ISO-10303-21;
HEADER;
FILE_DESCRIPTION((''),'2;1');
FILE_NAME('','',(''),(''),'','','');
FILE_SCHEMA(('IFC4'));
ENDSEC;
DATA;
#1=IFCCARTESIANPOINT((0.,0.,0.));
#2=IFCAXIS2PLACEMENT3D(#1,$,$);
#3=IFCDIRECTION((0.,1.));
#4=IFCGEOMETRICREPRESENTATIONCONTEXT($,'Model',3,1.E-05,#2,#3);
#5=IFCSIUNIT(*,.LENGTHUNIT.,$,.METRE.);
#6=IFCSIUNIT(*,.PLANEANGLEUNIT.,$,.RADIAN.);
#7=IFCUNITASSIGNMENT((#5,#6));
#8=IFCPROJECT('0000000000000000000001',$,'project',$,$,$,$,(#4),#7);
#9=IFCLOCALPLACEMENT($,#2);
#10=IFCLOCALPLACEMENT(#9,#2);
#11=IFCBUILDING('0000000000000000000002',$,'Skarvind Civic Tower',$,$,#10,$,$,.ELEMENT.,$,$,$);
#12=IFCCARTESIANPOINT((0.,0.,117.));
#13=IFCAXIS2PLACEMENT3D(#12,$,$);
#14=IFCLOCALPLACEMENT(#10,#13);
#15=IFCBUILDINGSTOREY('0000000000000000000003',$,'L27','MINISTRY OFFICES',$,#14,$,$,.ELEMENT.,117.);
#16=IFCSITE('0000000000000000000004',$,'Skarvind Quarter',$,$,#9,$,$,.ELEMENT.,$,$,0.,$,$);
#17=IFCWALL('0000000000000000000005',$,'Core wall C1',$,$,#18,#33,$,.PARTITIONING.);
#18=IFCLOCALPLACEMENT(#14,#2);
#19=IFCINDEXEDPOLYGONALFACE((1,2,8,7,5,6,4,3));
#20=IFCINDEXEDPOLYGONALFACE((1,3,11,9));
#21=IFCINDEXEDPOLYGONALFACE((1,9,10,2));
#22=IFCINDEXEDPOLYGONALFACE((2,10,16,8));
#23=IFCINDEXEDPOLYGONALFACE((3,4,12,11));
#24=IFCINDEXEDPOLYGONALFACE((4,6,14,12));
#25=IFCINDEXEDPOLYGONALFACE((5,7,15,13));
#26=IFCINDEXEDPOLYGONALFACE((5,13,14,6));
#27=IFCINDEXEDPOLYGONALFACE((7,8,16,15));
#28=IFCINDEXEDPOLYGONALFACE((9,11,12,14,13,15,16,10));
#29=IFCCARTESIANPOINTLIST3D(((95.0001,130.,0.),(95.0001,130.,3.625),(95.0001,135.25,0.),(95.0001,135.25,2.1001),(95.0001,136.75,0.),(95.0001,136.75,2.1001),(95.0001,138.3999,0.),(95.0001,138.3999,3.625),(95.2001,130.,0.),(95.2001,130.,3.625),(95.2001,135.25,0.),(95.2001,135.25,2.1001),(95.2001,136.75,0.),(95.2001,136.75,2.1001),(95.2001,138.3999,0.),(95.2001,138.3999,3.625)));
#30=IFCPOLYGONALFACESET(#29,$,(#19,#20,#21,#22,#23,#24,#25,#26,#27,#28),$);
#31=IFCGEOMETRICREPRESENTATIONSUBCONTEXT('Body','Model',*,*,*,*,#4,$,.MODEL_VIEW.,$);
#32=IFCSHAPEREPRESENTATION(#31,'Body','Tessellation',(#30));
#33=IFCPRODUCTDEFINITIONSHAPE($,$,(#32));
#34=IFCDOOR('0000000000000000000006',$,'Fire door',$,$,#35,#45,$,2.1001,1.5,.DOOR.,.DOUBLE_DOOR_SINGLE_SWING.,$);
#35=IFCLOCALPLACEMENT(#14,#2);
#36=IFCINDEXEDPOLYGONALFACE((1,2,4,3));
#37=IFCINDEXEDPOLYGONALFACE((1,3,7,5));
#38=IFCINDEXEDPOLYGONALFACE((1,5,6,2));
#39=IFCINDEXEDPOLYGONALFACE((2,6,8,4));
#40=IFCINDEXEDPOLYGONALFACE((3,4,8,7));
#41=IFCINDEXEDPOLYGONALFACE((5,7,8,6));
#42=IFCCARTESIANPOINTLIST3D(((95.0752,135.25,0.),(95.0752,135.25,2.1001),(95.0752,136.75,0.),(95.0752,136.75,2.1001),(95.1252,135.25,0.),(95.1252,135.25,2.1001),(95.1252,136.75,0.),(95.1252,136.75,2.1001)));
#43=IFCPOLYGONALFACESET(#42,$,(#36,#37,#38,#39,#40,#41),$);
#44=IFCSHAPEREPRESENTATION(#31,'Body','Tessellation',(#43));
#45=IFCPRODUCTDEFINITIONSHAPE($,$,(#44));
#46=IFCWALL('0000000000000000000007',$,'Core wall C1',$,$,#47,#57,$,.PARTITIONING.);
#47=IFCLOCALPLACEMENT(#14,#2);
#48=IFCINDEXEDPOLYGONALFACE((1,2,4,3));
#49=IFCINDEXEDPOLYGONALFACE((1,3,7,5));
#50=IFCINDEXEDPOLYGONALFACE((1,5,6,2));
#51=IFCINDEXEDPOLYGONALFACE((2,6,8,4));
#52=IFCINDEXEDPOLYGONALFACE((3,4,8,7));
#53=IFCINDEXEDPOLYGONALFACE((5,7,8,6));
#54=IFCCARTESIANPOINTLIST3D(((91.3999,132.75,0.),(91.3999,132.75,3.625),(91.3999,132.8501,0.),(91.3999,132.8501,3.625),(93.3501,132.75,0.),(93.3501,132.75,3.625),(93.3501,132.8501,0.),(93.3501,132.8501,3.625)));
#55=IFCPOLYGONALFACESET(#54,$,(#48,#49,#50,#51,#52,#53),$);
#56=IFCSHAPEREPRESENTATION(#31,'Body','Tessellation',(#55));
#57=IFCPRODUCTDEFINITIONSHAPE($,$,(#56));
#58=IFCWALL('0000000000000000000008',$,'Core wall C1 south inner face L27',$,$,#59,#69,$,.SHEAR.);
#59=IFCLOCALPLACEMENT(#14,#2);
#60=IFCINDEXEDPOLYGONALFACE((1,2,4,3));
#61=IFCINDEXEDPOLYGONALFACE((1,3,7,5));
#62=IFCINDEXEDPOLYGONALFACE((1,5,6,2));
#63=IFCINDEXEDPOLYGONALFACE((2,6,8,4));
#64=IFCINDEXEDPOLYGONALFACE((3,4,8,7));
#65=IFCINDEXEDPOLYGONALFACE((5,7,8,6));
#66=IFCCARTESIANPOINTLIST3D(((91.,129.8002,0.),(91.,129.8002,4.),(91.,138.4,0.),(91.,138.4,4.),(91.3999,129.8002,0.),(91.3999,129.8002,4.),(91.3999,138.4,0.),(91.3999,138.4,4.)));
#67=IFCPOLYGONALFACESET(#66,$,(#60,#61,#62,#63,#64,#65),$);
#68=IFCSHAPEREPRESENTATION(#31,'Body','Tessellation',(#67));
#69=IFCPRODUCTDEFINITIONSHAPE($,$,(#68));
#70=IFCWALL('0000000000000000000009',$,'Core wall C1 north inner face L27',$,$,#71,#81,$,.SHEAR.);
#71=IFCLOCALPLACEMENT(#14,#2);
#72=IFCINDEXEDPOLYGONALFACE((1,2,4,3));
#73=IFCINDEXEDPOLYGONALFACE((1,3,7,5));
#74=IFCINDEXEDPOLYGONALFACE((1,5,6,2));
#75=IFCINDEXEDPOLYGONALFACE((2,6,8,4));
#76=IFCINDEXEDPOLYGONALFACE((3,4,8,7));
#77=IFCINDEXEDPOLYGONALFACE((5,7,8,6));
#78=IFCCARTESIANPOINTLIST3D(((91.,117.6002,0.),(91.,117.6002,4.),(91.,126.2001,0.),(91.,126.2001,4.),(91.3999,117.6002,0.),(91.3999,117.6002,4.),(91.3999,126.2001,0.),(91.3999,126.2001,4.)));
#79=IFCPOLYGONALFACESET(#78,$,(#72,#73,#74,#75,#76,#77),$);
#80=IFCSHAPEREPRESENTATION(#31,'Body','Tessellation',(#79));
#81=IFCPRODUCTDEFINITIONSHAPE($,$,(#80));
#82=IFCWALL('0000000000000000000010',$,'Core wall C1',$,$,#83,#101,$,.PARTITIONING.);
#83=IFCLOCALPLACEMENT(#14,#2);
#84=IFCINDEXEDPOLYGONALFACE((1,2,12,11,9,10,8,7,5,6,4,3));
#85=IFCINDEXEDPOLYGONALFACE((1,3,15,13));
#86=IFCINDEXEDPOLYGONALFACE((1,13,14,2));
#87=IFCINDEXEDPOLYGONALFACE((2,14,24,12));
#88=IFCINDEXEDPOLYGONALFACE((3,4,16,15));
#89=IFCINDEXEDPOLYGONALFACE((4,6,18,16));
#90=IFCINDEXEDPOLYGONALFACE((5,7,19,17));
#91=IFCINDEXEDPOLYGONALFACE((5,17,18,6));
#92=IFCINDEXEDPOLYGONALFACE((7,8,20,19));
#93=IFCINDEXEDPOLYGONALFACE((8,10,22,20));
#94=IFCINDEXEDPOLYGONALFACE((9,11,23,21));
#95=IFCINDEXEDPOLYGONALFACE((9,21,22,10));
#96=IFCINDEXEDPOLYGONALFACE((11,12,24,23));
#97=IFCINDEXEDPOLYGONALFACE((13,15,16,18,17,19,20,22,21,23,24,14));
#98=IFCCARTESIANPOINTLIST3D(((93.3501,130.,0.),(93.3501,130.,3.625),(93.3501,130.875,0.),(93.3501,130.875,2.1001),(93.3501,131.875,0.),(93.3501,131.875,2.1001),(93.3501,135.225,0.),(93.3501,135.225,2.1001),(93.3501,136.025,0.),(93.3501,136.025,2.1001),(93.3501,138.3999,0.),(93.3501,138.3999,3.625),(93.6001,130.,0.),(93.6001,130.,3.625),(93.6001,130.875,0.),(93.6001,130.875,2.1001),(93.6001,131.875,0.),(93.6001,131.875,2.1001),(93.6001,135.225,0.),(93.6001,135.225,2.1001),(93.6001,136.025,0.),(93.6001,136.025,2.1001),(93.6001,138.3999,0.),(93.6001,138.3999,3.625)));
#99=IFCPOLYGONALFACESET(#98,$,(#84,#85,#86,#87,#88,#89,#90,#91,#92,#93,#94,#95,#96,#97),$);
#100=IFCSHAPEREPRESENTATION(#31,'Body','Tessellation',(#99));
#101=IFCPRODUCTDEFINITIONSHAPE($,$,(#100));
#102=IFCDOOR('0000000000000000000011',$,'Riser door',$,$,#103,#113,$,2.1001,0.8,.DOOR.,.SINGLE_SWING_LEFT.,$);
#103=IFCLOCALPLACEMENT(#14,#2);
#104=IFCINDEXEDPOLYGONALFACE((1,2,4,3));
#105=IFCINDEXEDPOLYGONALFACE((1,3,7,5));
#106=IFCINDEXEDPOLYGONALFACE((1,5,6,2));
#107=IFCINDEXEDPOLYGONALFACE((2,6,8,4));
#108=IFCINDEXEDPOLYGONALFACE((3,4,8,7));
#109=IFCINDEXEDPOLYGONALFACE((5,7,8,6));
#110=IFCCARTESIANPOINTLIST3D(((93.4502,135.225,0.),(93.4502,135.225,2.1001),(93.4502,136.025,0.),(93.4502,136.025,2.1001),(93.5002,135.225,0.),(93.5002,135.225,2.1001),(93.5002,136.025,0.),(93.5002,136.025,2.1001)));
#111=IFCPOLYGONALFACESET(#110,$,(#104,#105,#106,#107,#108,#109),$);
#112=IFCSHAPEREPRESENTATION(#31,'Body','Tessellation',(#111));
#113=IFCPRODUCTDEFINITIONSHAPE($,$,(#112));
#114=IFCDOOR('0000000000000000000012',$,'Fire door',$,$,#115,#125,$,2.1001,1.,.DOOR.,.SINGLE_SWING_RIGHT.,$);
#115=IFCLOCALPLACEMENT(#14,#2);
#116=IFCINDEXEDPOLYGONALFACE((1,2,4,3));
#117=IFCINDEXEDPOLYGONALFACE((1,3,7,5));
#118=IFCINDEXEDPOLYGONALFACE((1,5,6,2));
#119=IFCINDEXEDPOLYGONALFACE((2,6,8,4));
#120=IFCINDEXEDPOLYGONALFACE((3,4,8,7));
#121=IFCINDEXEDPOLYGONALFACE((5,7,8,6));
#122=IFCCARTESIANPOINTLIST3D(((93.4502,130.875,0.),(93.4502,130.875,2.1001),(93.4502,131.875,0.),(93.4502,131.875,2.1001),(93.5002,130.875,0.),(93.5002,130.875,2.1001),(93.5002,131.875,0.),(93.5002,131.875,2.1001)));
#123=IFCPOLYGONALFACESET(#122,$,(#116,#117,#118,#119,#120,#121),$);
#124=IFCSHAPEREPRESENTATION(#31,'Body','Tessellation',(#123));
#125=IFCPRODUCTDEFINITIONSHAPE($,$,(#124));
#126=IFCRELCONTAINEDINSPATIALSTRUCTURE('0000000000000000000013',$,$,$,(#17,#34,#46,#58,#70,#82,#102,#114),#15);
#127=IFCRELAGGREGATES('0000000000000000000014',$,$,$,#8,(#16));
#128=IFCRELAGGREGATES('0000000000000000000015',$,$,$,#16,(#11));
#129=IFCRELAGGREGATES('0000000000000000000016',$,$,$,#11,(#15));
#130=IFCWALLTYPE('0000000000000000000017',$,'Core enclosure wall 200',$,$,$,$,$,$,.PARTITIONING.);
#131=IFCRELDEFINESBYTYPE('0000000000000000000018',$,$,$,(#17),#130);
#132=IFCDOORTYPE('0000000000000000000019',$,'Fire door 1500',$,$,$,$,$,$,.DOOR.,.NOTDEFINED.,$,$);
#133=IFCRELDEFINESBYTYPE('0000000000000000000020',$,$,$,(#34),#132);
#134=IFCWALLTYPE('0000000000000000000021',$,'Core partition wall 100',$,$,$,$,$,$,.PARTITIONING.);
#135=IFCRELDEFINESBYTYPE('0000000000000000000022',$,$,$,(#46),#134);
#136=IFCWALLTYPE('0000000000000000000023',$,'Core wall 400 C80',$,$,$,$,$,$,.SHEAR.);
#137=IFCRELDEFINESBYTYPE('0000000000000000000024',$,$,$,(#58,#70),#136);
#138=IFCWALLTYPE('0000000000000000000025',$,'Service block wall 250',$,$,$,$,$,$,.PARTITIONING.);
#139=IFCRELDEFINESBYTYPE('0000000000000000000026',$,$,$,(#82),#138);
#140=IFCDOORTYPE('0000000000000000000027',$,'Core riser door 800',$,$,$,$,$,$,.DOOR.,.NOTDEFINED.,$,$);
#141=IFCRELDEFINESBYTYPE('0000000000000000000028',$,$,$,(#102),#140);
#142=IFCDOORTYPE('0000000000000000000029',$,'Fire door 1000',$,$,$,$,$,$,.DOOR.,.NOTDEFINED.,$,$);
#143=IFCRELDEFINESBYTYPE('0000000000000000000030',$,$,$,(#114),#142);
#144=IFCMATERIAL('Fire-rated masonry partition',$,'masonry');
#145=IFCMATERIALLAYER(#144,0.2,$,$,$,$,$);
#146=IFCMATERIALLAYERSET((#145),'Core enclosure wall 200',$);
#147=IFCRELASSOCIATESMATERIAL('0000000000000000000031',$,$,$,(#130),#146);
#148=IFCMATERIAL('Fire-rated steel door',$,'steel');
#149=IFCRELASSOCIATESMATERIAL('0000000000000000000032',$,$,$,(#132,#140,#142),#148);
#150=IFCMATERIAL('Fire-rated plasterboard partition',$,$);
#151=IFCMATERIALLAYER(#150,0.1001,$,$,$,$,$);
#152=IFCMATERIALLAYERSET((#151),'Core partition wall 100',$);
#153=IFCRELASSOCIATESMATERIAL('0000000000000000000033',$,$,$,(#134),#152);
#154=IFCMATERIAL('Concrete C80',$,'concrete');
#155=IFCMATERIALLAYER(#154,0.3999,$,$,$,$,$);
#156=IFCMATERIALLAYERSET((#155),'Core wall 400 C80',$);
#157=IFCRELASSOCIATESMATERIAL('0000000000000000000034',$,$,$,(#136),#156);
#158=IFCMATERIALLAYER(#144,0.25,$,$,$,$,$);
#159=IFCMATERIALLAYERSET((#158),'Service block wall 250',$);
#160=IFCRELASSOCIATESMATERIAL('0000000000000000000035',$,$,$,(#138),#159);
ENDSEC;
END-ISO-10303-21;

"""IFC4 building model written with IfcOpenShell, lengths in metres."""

from ifc_helpers import new_model, si_unit, direction, frame, frame_2d, origin, place, context, subcontext, project, spatial, rectangle, extrude, material, layer, layer_set, type_object, element, fill, save


model = new_model("IFC4")

# Units and contexts
model_context = context("Model", 3, precision=1e-05, world=origin(), true_north=direction((0.0, 1.0)))
body_context = subcontext(model_context, "Body", "Model", "MODEL_VIEW")
ifc_project = project(units=[si_unit("LENGTHUNIT", "METRE"), si_unit("PLANEANGLEUNIT", "RADIAN")], contexts=[model_context])

# Site, building, storey
site_placement = place(None, origin())
site = spatial("IfcSite", under=ifc_project, at=site_placement, Name="Skarvind Quarter", CompositionType="ELEMENT", RefElevation=0.0)
building_placement = place(site_placement, origin())
building = spatial("IfcBuilding", under=site, at=building_placement, Name="Skarvind Civic Tower", CompositionType="ELEMENT")
storey_placement = place(building_placement, frame((0.0, 0.0, 117.0)))
storey = spatial("IfcBuildingStorey", under=building, at=storey_placement, Name="L27", Description="MINISTRY OFFICES", CompositionType="ELEMENT", Elevation=117.0)

# Shared definitions
ifc_material_1 = material(Name="Concrete C80", Category="concrete")

# Wall, opening, door
ifc_material_2 = material(Name="Fire-rated masonry partition", Category="masonry")
ifc_layer_1 = layer(ifc_material_2, 0.2)
ifc_layer_set_1 = layer_set([ifc_layer_1], Name="Core enclosure wall 200")
wall_type_1 = type_object("IfcWallType", Name="Core enclosure wall 200", PredefinedType="PARTITIONING", material=ifc_layer_set_1)
ifc_material_3 = material(Name="Fire-rated steel door", Category="steel")
wall_1_placement = place(storey_placement, frame((95.1001, 130.0, 0.0), z_axis=(0.0, 0.0, 1.0), x_axis=(0.0, 1.0, 0.0)))
wall_1 = element("IfcWall", 1, at=wall_1_placement, inside=storey, type_object=wall_type_1, Name="Core wall C1", PredefinedType="PARTITIONING", context=body_context, shape_type="SweptSolid", body=[
    extrude(rectangle(XDim=8.3999, YDim=0.2, at=frame_2d((4.2, 0.0))), origin(), (0.0, 0.0, 1.0), 3.625),
])
opening_1_placement = place(wall_1_placement, frame((5.25, 0.0, 0.0)))
opening_1 = element("IfcOpeningElement", 2, at=opening_1_placement, cuts=wall_1, PredefinedType="OPENING", context=body_context, shape_type="SweptSolid", body=[
    extrude(rectangle(XDim=1.5, YDim=2.1001, at=frame_2d((0.75, 1.05))), frame((0.0, 0.1099, 0.0), z_axis=(0.0, -1.0, 0.0), x_axis=(1.0, 0.0, 0.0)), (0.0, 0.0, 1.0), 0.22),
])
door_type_1 = type_object("IfcDoorType", Name="Fire door 1500", OperationType="NOTDEFINED", PredefinedType="DOOR", material=ifc_material_3)
door_1_placement = place(opening_1_placement, origin())
door_1 = element("IfcDoor", 3, at=door_1_placement, inside=storey, type_object=door_type_1, Name="Fire door", OperationType="DOUBLE_DOOR_SINGLE_SWING", OverallHeight=2.1001, OverallWidth=1.5, PredefinedType="DOOR", context=body_context, shape_type="SweptSolid", body=[
    extrude(rectangle(XDim=1.5, YDim=2.1001, at=frame_2d((0.75, 1.05))), frame((0.0, 0.0249, 0.0), z_axis=(0.0, -1.0, 0.0), x_axis=(1.0, 0.0, 0.0)), (0.0, 0.0, 1.0), 0.05),
])
fill(opening_1, door_1)

# Walls
ifc_material_4 = material(Name="Fire-rated plasterboard partition")
ifc_layer_2 = layer(ifc_material_4, 0.1001)
ifc_layer_set_2 = layer_set([ifc_layer_2], Name="Core partition wall 100")
wall_type_2 = type_object("IfcWallType", Name="Core partition wall 100", PredefinedType="PARTITIONING", material=ifc_layer_set_2)
wall_2_placement = place(storey_placement, frame((91.3999, 132.8, 0.0), z_axis=(0.0, 0.0, 1.0), x_axis=(1.0, 0.0, 0.0)))
element("IfcWall", 4, at=wall_2_placement, inside=storey, type_object=wall_type_2, Name="Core wall C1", PredefinedType="PARTITIONING", context=body_context, shape_type="SweptSolid", body=[
    extrude(rectangle(XDim=1.9502, YDim=0.1001, at=frame_2d((0.9751, 0.0))), origin(), (0.0, 0.0, 1.0), 3.625),
])
ifc_layer_3 = layer(ifc_material_1, 0.3999)
ifc_layer_set_3 = layer_set([ifc_layer_3], Name="Core wall 400 C80")
wall_type_3 = type_object("IfcWallType", Name="Core wall 400 C80", PredefinedType="SHEAR", material=ifc_layer_set_3)
for number, where, z_axis, x_axis, name in (
    (5, (91.2, 138.3999, 0.0), (0.0, 0.0, 1.0), (0.0, -1.0, 0.0), "Core wall C1 south inner face L27"),
    (6, (91.2, 126.2, 0.0), (0.0, 0.0, 1.0), (0.0, -1.0, 0.0), "Core wall C1 north inner face L27"),
):
    element("IfcWall", number, at=place(storey_placement, frame(where, z_axis=z_axis, x_axis=x_axis)), inside=storey, type_object=wall_type_3, Name=name, PredefinedType="SHEAR", context=body_context, shape_type="SweptSolid", body=[
        extrude(rectangle(XDim=8.5999, YDim=0.3999, at=frame_2d((4.2998, 0.0))), origin(), (0.0, 0.0, 1.0), 4.0),
    ])

# Wall, openings, doors
ifc_layer_4 = layer(ifc_material_2, 0.25)
ifc_layer_set_4 = layer_set([ifc_layer_4], Name="Service block wall 250")
wall_type_4 = type_object("IfcWallType", Name="Service block wall 250", PredefinedType="PARTITIONING", material=ifc_layer_set_4)
wall_3_placement = place(storey_placement, frame((93.4751, 130.0, 0.0), z_axis=(0.0, 0.0, 1.0), x_axis=(0.0, 1.0, 0.0)))
wall_3 = element("IfcWall", 7, at=wall_3_placement, inside=storey, type_object=wall_type_4, Name="Core wall C1", PredefinedType="PARTITIONING", context=body_context, shape_type="SweptSolid", body=[
    extrude(rectangle(XDim=8.3999, YDim=0.25, at=frame_2d((4.2, 0.0))), origin(), (0.0, 0.0, 1.0), 3.625),
])
opening_2_placement = place(wall_3_placement, frame((0.875, 0.0, 0.0)))
opening_2 = element("IfcOpeningElement", 8, at=opening_2_placement, cuts=wall_3, PredefinedType="OPENING", context=body_context, shape_type="SweptSolid", body=[
    extrude(rectangle(XDim=1.0, YDim=2.1001, at=frame_2d((0.5, 1.05))), frame((0.0, 0.135, 0.0), z_axis=(0.0, -1.0, 0.0), x_axis=(1.0, 0.0, 0.0)), (0.0, 0.0, 1.0), 0.27),
])
opening_3_placement = place(wall_3_placement, frame((5.2251, 0.0, 0.0)))
opening_3 = element("IfcOpeningElement", 9, at=opening_3_placement, cuts=wall_3, PredefinedType="OPENING", context=body_context, shape_type="SweptSolid", body=[
    extrude(rectangle(XDim=0.8, YDim=2.1001, at=frame_2d((0.3999, 1.05))), frame((0.0, 0.135, 0.0), z_axis=(0.0, -1.0, 0.0), x_axis=(1.0, 0.0, 0.0)), (0.0, 0.0, 1.0), 0.27),
])
door_type_2 = type_object("IfcDoorType", Name="Core riser door 800", OperationType="NOTDEFINED", PredefinedType="DOOR", material=ifc_material_3)
door_2_placement = place(opening_3_placement, origin())
door_2 = element("IfcDoor", 10, at=door_2_placement, inside=storey, type_object=door_type_2, Name="Riser door", OperationType="SINGLE_SWING_LEFT", OverallHeight=2.1001, OverallWidth=0.8, PredefinedType="DOOR", context=body_context, shape_type="SweptSolid", body=[
    extrude(rectangle(XDim=0.8, YDim=2.1001, at=frame_2d((0.3999, 1.05))), frame((0.0, 0.0249, 0.0), z_axis=(0.0, -1.0, 0.0), x_axis=(1.0, 0.0, 0.0)), (0.0, 0.0, 1.0), 0.05),
])
fill(opening_3, door_2)
door_type_3 = type_object("IfcDoorType", Name="Fire door 1000", OperationType="NOTDEFINED", PredefinedType="DOOR", material=ifc_material_3)
door_3_placement = place(opening_2_placement, origin())
door_3 = element("IfcDoor", 11, at=door_3_placement, inside=storey, type_object=door_type_3, Name="Fire door", OperationType="SINGLE_SWING_RIGHT", OverallHeight=2.1001, OverallWidth=1.0, PredefinedType="DOOR", context=body_context, shape_type="SweptSolid", body=[
    extrude(rectangle(XDim=1.0, YDim=2.1001, at=frame_2d((0.5, 1.05))), frame((0.0, 0.0249, 0.0), z_axis=(0.0, -1.0, 0.0), x_axis=(1.0, 0.0, 0.0)), (0.0, 0.0, 1.0), 0.05),
])
fill(opening_2, door_3)

save(model, "model.ifc")
